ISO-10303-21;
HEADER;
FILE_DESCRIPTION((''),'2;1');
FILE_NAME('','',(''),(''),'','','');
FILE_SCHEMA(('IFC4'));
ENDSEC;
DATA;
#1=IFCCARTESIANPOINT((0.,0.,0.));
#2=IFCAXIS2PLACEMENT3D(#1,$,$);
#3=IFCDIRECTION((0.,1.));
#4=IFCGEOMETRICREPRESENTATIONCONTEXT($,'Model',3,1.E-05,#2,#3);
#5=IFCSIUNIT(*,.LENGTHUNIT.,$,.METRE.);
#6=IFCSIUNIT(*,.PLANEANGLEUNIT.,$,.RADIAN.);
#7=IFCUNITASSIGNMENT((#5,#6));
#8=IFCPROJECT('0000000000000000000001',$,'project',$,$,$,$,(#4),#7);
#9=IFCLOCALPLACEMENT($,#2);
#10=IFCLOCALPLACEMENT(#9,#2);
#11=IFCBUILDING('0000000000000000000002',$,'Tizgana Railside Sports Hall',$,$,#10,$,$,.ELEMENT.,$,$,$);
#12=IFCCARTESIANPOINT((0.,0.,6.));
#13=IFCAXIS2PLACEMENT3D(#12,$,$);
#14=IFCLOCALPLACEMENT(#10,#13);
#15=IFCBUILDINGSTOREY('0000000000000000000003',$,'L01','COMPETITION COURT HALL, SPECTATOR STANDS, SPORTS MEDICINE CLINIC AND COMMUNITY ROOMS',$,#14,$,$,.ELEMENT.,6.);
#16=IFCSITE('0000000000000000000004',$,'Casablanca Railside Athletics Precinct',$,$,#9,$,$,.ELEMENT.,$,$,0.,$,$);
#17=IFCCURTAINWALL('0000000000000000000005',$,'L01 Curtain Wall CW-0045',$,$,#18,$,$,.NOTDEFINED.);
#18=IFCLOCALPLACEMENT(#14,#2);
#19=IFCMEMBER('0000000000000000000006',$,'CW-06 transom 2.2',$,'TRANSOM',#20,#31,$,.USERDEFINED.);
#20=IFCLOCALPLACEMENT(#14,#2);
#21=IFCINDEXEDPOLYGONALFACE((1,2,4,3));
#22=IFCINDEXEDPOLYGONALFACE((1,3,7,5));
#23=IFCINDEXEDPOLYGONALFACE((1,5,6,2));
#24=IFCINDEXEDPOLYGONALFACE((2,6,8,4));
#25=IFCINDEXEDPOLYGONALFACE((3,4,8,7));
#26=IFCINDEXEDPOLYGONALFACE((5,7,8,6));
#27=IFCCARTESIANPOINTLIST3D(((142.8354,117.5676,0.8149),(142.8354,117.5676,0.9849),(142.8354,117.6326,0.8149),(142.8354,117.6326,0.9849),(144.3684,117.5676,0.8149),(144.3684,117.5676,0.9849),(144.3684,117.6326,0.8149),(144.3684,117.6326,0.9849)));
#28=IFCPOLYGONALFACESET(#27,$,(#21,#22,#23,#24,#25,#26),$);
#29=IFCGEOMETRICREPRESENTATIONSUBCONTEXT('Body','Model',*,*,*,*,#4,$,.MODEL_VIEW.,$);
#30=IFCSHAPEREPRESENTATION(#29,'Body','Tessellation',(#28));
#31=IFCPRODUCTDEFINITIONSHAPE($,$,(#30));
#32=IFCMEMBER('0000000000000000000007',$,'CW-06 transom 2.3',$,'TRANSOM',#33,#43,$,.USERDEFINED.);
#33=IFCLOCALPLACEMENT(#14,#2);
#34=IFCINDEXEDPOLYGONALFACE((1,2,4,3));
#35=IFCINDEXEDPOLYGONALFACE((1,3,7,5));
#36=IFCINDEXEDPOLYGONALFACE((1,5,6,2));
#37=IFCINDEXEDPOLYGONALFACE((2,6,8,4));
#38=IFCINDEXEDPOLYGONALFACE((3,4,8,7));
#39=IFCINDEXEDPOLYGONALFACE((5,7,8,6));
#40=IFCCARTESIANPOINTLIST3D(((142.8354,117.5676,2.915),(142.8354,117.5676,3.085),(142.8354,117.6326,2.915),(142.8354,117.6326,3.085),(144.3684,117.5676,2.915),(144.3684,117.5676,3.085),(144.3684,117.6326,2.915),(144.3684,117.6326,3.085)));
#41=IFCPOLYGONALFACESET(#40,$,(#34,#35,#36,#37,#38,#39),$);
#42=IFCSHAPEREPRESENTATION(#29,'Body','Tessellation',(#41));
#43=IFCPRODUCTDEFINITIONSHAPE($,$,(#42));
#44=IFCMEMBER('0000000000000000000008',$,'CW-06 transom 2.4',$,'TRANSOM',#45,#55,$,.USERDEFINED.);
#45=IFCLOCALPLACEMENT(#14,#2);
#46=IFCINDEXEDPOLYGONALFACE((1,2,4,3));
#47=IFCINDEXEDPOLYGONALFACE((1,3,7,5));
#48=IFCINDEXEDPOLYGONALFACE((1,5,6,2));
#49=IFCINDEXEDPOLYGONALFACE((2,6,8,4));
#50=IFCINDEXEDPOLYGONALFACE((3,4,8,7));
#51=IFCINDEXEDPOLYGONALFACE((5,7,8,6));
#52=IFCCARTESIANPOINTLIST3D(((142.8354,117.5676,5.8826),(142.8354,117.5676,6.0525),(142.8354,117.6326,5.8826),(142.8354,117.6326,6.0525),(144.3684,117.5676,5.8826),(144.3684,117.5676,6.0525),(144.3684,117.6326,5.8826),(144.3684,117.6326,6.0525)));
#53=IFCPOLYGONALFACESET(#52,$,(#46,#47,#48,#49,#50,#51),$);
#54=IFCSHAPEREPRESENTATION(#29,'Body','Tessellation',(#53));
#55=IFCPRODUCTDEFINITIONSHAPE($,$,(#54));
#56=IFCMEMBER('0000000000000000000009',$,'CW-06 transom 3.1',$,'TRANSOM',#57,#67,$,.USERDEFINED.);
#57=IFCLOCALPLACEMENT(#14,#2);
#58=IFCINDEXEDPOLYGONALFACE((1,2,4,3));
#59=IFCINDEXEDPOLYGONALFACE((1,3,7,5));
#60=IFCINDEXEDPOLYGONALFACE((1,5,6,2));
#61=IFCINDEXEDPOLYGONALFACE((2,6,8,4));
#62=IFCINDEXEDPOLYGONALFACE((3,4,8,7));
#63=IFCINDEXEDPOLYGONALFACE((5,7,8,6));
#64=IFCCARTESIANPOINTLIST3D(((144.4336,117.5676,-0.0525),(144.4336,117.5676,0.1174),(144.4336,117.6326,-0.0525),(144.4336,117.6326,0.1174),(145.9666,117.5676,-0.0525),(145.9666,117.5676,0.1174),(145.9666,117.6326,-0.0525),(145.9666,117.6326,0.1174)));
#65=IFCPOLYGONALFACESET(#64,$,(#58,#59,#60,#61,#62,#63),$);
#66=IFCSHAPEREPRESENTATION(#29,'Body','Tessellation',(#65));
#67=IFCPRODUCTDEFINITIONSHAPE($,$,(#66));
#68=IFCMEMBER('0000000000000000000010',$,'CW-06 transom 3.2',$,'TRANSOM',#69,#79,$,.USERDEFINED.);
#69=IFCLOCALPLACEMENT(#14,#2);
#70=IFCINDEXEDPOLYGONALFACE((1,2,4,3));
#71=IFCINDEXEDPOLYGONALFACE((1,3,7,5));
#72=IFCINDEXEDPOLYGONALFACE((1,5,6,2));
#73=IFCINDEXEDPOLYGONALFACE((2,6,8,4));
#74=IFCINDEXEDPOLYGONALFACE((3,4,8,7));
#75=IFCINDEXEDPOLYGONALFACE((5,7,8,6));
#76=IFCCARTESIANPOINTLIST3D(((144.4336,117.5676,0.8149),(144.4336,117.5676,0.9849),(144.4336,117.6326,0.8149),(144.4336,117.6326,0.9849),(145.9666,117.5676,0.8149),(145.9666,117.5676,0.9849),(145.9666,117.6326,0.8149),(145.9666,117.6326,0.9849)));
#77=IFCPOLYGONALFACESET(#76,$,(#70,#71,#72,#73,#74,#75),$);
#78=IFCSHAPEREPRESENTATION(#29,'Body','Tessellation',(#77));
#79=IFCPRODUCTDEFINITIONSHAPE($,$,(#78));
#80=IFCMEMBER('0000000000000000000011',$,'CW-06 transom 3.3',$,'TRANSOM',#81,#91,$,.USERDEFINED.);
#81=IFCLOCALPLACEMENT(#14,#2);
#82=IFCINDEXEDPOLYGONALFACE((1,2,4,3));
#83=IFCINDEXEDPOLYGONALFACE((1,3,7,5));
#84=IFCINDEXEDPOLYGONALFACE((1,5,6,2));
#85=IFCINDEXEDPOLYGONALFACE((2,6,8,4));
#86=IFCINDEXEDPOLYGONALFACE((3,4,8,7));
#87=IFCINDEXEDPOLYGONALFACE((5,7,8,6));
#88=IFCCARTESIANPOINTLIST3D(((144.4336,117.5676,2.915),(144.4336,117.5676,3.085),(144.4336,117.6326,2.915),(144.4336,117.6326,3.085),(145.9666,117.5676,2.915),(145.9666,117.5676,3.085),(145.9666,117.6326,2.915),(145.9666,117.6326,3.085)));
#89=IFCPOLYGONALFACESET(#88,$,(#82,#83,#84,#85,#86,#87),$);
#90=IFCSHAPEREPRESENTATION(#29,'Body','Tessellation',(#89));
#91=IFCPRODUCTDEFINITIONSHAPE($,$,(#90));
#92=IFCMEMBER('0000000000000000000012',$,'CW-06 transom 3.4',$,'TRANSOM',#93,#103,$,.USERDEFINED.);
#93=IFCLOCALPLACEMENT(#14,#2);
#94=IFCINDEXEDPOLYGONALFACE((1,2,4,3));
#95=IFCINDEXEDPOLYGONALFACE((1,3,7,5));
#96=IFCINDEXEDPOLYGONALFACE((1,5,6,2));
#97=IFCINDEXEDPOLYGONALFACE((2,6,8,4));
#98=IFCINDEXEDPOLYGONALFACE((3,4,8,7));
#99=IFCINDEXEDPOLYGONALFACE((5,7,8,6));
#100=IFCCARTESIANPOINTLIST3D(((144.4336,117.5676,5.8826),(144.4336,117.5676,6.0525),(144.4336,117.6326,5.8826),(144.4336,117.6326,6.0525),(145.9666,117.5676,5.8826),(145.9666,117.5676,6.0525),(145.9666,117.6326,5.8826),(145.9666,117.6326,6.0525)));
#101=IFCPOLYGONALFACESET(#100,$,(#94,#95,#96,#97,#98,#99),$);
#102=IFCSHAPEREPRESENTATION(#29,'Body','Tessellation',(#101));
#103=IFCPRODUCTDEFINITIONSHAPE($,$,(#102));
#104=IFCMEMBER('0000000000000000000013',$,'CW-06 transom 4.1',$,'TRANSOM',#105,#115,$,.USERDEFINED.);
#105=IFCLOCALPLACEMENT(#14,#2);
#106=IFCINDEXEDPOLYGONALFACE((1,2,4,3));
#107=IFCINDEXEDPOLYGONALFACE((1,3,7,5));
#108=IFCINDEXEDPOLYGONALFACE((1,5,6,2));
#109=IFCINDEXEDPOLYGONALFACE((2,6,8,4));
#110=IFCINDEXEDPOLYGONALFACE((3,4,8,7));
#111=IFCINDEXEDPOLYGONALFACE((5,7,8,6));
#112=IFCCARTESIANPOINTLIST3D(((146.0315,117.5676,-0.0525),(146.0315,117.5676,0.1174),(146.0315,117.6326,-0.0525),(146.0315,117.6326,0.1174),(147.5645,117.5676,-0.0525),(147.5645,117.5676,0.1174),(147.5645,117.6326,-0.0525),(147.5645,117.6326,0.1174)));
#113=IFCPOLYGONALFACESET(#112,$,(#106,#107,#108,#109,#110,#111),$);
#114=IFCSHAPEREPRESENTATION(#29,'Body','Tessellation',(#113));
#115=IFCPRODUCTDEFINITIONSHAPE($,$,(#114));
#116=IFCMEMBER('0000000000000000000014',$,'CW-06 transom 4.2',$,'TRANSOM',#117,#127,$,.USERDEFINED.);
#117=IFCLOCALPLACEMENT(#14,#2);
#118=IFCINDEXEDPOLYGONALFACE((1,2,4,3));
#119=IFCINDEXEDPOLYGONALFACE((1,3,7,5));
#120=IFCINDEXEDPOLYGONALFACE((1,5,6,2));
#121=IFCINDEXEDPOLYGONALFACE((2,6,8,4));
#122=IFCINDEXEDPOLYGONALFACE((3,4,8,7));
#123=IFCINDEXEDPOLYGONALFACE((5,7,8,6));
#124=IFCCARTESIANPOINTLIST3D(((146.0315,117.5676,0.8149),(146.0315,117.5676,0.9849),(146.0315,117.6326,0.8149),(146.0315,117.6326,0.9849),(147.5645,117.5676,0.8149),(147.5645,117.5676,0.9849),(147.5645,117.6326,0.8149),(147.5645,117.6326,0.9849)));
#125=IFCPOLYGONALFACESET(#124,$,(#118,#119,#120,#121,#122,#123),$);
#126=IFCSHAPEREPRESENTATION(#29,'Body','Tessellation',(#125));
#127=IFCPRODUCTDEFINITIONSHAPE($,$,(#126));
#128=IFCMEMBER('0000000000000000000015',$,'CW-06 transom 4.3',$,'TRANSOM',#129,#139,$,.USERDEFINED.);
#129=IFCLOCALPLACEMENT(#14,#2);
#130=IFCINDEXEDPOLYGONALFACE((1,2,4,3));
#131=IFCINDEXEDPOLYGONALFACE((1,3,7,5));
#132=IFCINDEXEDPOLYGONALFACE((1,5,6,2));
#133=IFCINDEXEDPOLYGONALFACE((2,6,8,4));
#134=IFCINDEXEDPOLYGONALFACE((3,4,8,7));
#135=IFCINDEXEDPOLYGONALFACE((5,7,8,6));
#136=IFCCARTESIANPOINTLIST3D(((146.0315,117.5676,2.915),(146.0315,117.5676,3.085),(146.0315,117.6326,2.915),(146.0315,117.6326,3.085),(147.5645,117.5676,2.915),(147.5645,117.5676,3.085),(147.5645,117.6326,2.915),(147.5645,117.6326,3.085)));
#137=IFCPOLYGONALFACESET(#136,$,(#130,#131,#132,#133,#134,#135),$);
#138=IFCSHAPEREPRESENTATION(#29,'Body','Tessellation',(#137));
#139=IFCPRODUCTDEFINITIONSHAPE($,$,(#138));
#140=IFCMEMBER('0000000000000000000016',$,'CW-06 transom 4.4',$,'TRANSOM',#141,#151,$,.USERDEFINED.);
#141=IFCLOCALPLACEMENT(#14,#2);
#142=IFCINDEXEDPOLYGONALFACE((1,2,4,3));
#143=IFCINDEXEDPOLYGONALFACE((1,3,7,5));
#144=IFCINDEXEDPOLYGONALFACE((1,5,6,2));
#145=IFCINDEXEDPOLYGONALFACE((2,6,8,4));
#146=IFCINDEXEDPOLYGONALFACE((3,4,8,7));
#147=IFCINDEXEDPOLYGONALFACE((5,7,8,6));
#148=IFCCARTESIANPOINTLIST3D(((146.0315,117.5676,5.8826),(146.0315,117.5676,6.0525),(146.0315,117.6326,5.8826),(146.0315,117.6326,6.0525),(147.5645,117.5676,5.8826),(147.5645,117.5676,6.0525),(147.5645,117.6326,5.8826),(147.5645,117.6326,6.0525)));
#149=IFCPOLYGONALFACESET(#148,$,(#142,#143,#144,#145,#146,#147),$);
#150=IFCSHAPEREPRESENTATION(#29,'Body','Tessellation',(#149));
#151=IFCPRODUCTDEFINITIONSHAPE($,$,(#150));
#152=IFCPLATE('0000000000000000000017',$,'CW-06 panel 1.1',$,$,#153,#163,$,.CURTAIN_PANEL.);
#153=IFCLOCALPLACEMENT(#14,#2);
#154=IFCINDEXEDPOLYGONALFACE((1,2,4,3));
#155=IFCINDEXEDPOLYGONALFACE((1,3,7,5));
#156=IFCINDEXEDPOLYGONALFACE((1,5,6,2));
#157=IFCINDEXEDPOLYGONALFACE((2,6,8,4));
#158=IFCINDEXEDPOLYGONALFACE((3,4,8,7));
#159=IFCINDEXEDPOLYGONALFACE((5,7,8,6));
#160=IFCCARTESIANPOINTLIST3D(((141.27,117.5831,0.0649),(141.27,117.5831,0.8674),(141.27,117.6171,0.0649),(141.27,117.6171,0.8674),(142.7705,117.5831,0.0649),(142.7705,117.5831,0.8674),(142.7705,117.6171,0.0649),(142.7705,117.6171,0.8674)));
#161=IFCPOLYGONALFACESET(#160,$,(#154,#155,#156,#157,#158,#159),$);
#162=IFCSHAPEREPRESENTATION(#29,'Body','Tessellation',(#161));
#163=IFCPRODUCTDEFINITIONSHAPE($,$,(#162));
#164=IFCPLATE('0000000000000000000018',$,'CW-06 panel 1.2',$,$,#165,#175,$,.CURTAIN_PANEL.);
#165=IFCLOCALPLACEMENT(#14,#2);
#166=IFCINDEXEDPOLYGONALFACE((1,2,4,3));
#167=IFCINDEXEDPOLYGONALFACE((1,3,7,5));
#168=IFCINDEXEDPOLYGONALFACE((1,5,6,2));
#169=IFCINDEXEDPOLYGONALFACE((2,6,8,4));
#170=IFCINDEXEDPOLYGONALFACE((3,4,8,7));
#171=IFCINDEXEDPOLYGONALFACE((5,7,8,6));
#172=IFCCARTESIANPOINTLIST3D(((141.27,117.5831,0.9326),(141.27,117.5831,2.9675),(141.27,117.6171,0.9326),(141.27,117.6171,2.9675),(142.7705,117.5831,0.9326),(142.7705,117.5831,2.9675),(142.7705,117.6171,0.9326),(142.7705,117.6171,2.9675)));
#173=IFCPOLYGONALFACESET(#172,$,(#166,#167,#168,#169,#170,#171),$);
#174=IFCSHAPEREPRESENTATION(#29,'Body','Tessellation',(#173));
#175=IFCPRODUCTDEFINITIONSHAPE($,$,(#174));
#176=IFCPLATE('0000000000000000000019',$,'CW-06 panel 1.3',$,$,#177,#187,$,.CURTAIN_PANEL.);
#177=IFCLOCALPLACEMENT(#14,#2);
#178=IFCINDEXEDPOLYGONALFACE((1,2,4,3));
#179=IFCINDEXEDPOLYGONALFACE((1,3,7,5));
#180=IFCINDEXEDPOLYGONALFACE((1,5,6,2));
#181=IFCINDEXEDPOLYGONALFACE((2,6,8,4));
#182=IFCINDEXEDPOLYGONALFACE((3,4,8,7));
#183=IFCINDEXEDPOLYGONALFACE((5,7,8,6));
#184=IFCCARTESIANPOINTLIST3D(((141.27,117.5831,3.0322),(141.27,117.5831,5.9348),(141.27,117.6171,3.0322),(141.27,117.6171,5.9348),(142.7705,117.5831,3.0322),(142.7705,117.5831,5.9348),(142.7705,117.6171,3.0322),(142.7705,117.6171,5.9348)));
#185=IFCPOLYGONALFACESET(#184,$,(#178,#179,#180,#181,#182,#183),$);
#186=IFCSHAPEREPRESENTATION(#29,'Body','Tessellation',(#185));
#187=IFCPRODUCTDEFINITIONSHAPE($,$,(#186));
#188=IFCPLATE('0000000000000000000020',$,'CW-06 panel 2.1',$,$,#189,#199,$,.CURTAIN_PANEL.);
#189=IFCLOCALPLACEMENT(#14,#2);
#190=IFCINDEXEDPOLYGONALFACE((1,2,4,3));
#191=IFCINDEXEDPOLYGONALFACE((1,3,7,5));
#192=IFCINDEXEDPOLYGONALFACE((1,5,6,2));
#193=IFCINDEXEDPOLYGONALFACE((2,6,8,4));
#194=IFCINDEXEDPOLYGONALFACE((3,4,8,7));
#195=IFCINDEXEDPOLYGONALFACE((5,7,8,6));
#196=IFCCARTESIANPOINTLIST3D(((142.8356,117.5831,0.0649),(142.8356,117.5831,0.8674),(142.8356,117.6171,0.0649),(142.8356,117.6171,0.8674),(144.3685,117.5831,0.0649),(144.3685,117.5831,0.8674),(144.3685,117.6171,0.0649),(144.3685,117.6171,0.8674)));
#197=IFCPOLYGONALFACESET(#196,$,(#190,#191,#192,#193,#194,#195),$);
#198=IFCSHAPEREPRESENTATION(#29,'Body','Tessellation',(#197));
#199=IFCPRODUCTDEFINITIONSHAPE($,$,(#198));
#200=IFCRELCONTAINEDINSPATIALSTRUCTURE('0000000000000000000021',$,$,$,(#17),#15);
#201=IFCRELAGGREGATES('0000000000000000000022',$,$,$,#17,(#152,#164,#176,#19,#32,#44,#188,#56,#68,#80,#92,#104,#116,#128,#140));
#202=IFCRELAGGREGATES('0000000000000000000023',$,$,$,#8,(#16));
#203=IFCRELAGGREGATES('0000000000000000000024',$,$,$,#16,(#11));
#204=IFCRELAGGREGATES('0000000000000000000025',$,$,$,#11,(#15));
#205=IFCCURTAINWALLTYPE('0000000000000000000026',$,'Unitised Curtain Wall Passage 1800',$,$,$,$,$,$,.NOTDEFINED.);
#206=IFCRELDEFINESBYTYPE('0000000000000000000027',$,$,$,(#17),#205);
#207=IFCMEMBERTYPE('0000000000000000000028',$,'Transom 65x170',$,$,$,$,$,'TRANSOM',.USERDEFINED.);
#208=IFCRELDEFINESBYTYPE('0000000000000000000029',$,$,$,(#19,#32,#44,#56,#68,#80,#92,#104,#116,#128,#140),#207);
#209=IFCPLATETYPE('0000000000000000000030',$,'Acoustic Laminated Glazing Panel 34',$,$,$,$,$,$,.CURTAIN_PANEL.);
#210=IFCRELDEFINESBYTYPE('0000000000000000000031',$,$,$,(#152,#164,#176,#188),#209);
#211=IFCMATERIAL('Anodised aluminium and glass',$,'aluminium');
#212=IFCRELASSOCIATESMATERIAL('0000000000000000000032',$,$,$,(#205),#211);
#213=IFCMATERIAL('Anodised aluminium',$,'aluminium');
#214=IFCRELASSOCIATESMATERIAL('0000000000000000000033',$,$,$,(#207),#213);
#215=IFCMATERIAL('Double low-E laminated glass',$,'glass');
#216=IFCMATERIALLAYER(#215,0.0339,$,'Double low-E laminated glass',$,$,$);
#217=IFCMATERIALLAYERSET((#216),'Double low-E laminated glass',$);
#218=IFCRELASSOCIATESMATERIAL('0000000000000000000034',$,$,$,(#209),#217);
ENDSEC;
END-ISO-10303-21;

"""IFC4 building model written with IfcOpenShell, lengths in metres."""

from ifc_helpers import new_model, si_unit, direction, frame, origin, origin_2d, place, context, subcontext, project, spatial, rectangle, extrude, material, layer, layer_set, material_profile, profile_set, type_object, element, aggregate, save


model = new_model("IFC4")

# Units and contexts
model_context = context("Model", 3, precision=1e-05, world=origin(), true_north=direction((0.0, 1.0)))
body_context = subcontext(model_context, "Body", "Model", "MODEL_VIEW")
ifc_project = project(units=[si_unit("LENGTHUNIT", "METRE"), si_unit("PLANEANGLEUNIT", "RADIAN")], contexts=[model_context])

# Site, building, storey
site_placement = place(None, origin())
site = spatial("IfcSite", under=ifc_project, at=site_placement, Name="Casablanca Railside Athletics Precinct", CompositionType="ELEMENT", RefElevation=0.0)
building_placement = place(site_placement, origin())
building = spatial("IfcBuilding", under=site, at=building_placement, Name="Tizgana Railside Sports Hall", CompositionType="ELEMENT")
storey_placement = place(building_placement, frame((0.0, 0.0, 6.0)))
storey = spatial("IfcBuildingStorey", under=building, at=storey_placement, Name="L01", Description="COMPETITION COURT HALL, SPECTATOR STANDS, SPORTS MEDICINE CLINIC AND COMMUNITY ROOMS", CompositionType="ELEMENT", Elevation=6.0)

# Shared definitions
ifc_material_1 = material(Name="Anodised aluminium and glass", Category="aluminium")
ifc_material_2 = material(Name="Anodised aluminium", Category="aluminium")

# Curtain wall, members, plates
curtain_wall_type_1 = type_object("IfcCurtainWallType", Name="Unitised Curtain Wall Passage 1800", PredefinedType="NOTDEFINED", material=ifc_material_1)
curtain_wall_1_placement = place(storey_placement, origin())
curtain_wall_1 = element("IfcCurtainWall", 1, at=curtain_wall_1_placement, inside=storey, type_object=curtain_wall_type_1, Name="L01 Curtain Wall CW-0045", PredefinedType="NOTDEFINED")
ifc_material_profile_1 = material_profile(ifc_material_2, rectangle(XDim=0.0649, YDim=0.1699, at=origin_2d()), Name="Transom 65x170")
ifc_profile_set_1 = profile_set([ifc_material_profile_1], Name="Anodised aluminium")
member_type_1 = type_object("IfcMemberType", Name="Transom 65x170", ElementType="TRANSOM", PredefinedType="USERDEFINED", material=ifc_profile_set_1)
member_1_placement = place(storey_placement, frame((142.8354, 117.6001, 0.8999), z_axis=(1.0, 0.0, 0.0), x_axis=(0.0, 1.0, 0.0)))
member_1 = element("IfcMember", 2, at=member_1_placement, type_object=member_type_1, Name="CW-06 transom 2.2", ObjectType="TRANSOM", PredefinedType="USERDEFINED", context=body_context, shape_type="SweptSolid", body=[
    extrude(rectangle(XDim=0.0649, YDim=0.1699, at=origin_2d()), origin(), (0.0, 0.0, 1.0), 1.533),
])
member_2_placement = place(storey_placement, frame((142.8354, 117.6001, 3.0), z_axis=(1.0, 0.0, 0.0), x_axis=(0.0, 1.0, 0.0)))
member_2 = element("IfcMember", 3, at=member_2_placement, type_object=member_type_1, Name="CW-06 transom 2.3", ObjectType="TRANSOM", PredefinedType="USERDEFINED", context=body_context, shape_type="SweptSolid", body=[
    extrude(rectangle(XDim=0.0649, YDim=0.1699, at=origin_2d()), origin(), (0.0, 0.0, 1.0), 1.533),
])
member_3_placement = place(storey_placement, frame((142.8354, 117.6001, 5.9675), z_axis=(1.0, 0.0, 0.0), x_axis=(0.0, 1.0, 0.0)))
member_3 = element("IfcMember", 4, at=member_3_placement, type_object=member_type_1, Name="CW-06 transom 2.4", ObjectType="TRANSOM", PredefinedType="USERDEFINED", context=body_context, shape_type="SweptSolid", body=[
    extrude(rectangle(XDim=0.0649, YDim=0.1699, at=origin_2d()), origin(), (0.0, 0.0, 1.0), 1.533),
])
member_4_placement = place(storey_placement, frame((144.4336, 117.6001, 0.0325), z_axis=(1.0, 0.0, 0.0), x_axis=(0.0, 1.0, 0.0)))
member_4 = element("IfcMember", 5, at=member_4_placement, type_object=member_type_1, Name="CW-06 transom 3.1", ObjectType="TRANSOM", PredefinedType="USERDEFINED", context=body_context, shape_type="SweptSolid", body=[
    extrude(rectangle(XDim=0.0649, YDim=0.1699, at=origin_2d()), origin(), (0.0, 0.0, 1.0), 1.533),
])
member_5_placement = place(storey_placement, frame((144.4336, 117.6001, 0.8999), z_axis=(1.0, 0.0, 0.0), x_axis=(0.0, 1.0, 0.0)))
member_5 = element("IfcMember", 6, at=member_5_placement, type_object=member_type_1, Name="CW-06 transom 3.2", ObjectType="TRANSOM", PredefinedType="USERDEFINED", context=body_context, shape_type="SweptSolid", body=[
    extrude(rectangle(XDim=0.0649, YDim=0.1699, at=origin_2d()), origin(), (0.0, 0.0, 1.0), 1.533),
])
member_6_placement = place(storey_placement, frame((144.4336, 117.6001, 3.0), z_axis=(1.0, 0.0, 0.0), x_axis=(0.0, 1.0, 0.0)))
member_6 = element("IfcMember", 7, at=member_6_placement, type_object=member_type_1, Name="CW-06 transom 3.3", ObjectType="TRANSOM", PredefinedType="USERDEFINED", context=body_context, shape_type="SweptSolid", body=[
    extrude(rectangle(XDim=0.0649, YDim=0.1699, at=origin_2d()), origin(), (0.0, 0.0, 1.0), 1.533),
])
member_7_placement = place(storey_placement, frame((144.4336, 117.6001, 5.9675), z_axis=(1.0, 0.0, 0.0), x_axis=(0.0, 1.0, 0.0)))
member_7 = element("IfcMember", 8, at=member_7_placement, type_object=member_type_1, Name="CW-06 transom 3.4", ObjectType="TRANSOM", PredefinedType="USERDEFINED", context=body_context, shape_type="SweptSolid", body=[
    extrude(rectangle(XDim=0.0649, YDim=0.1699, at=origin_2d()), origin(), (0.0, 0.0, 1.0), 1.533),
])
member_8_placement = place(storey_placement, frame((146.0315, 117.6001, 0.0325), z_axis=(1.0, 0.0, 0.0), x_axis=(0.0, 1.0, 0.0)))
member_8 = element("IfcMember", 9, at=member_8_placement, type_object=member_type_1, Name="CW-06 transom 4.1", ObjectType="TRANSOM", PredefinedType="USERDEFINED", context=body_context, shape_type="SweptSolid", body=[
    extrude(rectangle(XDim=0.0649, YDim=0.1699, at=origin_2d()), origin(), (0.0, 0.0, 1.0), 1.533),
])
member_9_placement = place(storey_placement, frame((146.0315, 117.6001, 0.8999), z_axis=(1.0, 0.0, 0.0), x_axis=(0.0, 1.0, 0.0)))
member_9 = element("IfcMember", 10, at=member_9_placement, type_object=member_type_1, Name="CW-06 transom 4.2", ObjectType="TRANSOM", PredefinedType="USERDEFINED", context=body_context, shape_type="SweptSolid", body=[
    extrude(rectangle(XDim=0.0649, YDim=0.1699, at=origin_2d()), origin(), (0.0, 0.0, 1.0), 1.533),
])
member_10_placement = place(storey_placement, frame((146.0315, 117.6001, 3.0), z_axis=(1.0, 0.0, 0.0), x_axis=(0.0, 1.0, 0.0)))
member_10 = element("IfcMember", 11, at=member_10_placement, type_object=member_type_1, Name="CW-06 transom 4.3", ObjectType="TRANSOM", PredefinedType="USERDEFINED", context=body_context, shape_type="SweptSolid", body=[
    extrude(rectangle(XDim=0.0649, YDim=0.1699, at=origin_2d()), origin(), (0.0, 0.0, 1.0), 1.533),
])
member_11_placement = place(storey_placement, frame((146.0315, 117.6001, 5.9675), z_axis=(1.0, 0.0, 0.0), x_axis=(0.0, 1.0, 0.0)))
member_11 = element("IfcMember", 12, at=member_11_placement, type_object=member_type_1, Name="CW-06 transom 4.4", ObjectType="TRANSOM", PredefinedType="USERDEFINED", context=body_context, shape_type="SweptSolid", body=[
    extrude(rectangle(XDim=0.0649, YDim=0.1699, at=origin_2d()), origin(), (0.0, 0.0, 1.0), 1.533),
])
ifc_material_3 = material(Name="Double low-E laminated glass", Category="glass")
ifc_layer_1 = layer(ifc_material_3, 0.0339, Name="Double low-E laminated glass")
ifc_layer_set_1 = layer_set([ifc_layer_1], Name="Double low-E laminated glass")
plate_type = type_object("IfcPlateType", Name="Acoustic Laminated Glazing Panel 34", PredefinedType="CURTAIN_PANEL", material=ifc_layer_set_1)
plate_1_placement = place(storey_placement, frame((142.0203, 117.6001, 0.0649), z_axis=(0.0, 0.0, 1.0), x_axis=(1.0, 0.0, 0.0)))
plate_1 = element("IfcPlate", 13, at=plate_1_placement, type_object=plate_type, Name="CW-06 panel 1.1", PredefinedType="CURTAIN_PANEL", context=body_context, shape_type="SweptSolid", body=[
    extrude(rectangle(XDim=1.5005, YDim=0.0339, at=origin_2d()), origin(), (0.0, 0.0, 1.0), 0.8025),
])
plate_2_placement = place(storey_placement, frame((142.0203, 117.6001, 0.9326), z_axis=(0.0, 0.0, 1.0), x_axis=(1.0, 0.0, 0.0)))
plate_2 = element("IfcPlate", 14, at=plate_2_placement, type_object=plate_type, Name="CW-06 panel 1.2", PredefinedType="CURTAIN_PANEL", context=body_context, shape_type="SweptSolid", body=[
    extrude(rectangle(XDim=1.5005, YDim=0.0339, at=origin_2d()), origin(), (0.0, 0.0, 1.0), 2.0349),
])
plate_3_placement = place(storey_placement, frame((142.0203, 117.6001, 3.0322), z_axis=(0.0, 0.0, 1.0), x_axis=(1.0, 0.0, 0.0)))
plate_3 = element("IfcPlate", 15, at=plate_3_placement, type_object=plate_type, Name="CW-06 panel 1.3", PredefinedType="CURTAIN_PANEL", context=body_context, shape_type="SweptSolid", body=[
    extrude(rectangle(XDim=1.5005, YDim=0.0339, at=origin_2d()), origin(), (0.0, 0.0, 1.0), 2.9026),
])
plate_4_placement = place(storey_placement, frame((143.6021, 117.6001, 0.0649), z_axis=(0.0, 0.0, 1.0), x_axis=(1.0, 0.0, 0.0)))
plate_4 = element("IfcPlate", 16, at=plate_4_placement, type_object=plate_type, Name="CW-06 panel 2.1", PredefinedType="CURTAIN_PANEL", context=body_context, shape_type="SweptSolid", body=[
    extrude(rectangle(XDim=1.533, YDim=0.0339, at=origin_2d()), origin(), (0.0, 0.0, 1.0), 0.8025),
])
aggregate(curtain_wall_1, [plate_1, plate_2, plate_3, member_1, member_2, member_3, plate_4, member_4, member_5, member_6, member_7, member_8, member_9, member_10, member_11])

save(model, "model.ifc")
